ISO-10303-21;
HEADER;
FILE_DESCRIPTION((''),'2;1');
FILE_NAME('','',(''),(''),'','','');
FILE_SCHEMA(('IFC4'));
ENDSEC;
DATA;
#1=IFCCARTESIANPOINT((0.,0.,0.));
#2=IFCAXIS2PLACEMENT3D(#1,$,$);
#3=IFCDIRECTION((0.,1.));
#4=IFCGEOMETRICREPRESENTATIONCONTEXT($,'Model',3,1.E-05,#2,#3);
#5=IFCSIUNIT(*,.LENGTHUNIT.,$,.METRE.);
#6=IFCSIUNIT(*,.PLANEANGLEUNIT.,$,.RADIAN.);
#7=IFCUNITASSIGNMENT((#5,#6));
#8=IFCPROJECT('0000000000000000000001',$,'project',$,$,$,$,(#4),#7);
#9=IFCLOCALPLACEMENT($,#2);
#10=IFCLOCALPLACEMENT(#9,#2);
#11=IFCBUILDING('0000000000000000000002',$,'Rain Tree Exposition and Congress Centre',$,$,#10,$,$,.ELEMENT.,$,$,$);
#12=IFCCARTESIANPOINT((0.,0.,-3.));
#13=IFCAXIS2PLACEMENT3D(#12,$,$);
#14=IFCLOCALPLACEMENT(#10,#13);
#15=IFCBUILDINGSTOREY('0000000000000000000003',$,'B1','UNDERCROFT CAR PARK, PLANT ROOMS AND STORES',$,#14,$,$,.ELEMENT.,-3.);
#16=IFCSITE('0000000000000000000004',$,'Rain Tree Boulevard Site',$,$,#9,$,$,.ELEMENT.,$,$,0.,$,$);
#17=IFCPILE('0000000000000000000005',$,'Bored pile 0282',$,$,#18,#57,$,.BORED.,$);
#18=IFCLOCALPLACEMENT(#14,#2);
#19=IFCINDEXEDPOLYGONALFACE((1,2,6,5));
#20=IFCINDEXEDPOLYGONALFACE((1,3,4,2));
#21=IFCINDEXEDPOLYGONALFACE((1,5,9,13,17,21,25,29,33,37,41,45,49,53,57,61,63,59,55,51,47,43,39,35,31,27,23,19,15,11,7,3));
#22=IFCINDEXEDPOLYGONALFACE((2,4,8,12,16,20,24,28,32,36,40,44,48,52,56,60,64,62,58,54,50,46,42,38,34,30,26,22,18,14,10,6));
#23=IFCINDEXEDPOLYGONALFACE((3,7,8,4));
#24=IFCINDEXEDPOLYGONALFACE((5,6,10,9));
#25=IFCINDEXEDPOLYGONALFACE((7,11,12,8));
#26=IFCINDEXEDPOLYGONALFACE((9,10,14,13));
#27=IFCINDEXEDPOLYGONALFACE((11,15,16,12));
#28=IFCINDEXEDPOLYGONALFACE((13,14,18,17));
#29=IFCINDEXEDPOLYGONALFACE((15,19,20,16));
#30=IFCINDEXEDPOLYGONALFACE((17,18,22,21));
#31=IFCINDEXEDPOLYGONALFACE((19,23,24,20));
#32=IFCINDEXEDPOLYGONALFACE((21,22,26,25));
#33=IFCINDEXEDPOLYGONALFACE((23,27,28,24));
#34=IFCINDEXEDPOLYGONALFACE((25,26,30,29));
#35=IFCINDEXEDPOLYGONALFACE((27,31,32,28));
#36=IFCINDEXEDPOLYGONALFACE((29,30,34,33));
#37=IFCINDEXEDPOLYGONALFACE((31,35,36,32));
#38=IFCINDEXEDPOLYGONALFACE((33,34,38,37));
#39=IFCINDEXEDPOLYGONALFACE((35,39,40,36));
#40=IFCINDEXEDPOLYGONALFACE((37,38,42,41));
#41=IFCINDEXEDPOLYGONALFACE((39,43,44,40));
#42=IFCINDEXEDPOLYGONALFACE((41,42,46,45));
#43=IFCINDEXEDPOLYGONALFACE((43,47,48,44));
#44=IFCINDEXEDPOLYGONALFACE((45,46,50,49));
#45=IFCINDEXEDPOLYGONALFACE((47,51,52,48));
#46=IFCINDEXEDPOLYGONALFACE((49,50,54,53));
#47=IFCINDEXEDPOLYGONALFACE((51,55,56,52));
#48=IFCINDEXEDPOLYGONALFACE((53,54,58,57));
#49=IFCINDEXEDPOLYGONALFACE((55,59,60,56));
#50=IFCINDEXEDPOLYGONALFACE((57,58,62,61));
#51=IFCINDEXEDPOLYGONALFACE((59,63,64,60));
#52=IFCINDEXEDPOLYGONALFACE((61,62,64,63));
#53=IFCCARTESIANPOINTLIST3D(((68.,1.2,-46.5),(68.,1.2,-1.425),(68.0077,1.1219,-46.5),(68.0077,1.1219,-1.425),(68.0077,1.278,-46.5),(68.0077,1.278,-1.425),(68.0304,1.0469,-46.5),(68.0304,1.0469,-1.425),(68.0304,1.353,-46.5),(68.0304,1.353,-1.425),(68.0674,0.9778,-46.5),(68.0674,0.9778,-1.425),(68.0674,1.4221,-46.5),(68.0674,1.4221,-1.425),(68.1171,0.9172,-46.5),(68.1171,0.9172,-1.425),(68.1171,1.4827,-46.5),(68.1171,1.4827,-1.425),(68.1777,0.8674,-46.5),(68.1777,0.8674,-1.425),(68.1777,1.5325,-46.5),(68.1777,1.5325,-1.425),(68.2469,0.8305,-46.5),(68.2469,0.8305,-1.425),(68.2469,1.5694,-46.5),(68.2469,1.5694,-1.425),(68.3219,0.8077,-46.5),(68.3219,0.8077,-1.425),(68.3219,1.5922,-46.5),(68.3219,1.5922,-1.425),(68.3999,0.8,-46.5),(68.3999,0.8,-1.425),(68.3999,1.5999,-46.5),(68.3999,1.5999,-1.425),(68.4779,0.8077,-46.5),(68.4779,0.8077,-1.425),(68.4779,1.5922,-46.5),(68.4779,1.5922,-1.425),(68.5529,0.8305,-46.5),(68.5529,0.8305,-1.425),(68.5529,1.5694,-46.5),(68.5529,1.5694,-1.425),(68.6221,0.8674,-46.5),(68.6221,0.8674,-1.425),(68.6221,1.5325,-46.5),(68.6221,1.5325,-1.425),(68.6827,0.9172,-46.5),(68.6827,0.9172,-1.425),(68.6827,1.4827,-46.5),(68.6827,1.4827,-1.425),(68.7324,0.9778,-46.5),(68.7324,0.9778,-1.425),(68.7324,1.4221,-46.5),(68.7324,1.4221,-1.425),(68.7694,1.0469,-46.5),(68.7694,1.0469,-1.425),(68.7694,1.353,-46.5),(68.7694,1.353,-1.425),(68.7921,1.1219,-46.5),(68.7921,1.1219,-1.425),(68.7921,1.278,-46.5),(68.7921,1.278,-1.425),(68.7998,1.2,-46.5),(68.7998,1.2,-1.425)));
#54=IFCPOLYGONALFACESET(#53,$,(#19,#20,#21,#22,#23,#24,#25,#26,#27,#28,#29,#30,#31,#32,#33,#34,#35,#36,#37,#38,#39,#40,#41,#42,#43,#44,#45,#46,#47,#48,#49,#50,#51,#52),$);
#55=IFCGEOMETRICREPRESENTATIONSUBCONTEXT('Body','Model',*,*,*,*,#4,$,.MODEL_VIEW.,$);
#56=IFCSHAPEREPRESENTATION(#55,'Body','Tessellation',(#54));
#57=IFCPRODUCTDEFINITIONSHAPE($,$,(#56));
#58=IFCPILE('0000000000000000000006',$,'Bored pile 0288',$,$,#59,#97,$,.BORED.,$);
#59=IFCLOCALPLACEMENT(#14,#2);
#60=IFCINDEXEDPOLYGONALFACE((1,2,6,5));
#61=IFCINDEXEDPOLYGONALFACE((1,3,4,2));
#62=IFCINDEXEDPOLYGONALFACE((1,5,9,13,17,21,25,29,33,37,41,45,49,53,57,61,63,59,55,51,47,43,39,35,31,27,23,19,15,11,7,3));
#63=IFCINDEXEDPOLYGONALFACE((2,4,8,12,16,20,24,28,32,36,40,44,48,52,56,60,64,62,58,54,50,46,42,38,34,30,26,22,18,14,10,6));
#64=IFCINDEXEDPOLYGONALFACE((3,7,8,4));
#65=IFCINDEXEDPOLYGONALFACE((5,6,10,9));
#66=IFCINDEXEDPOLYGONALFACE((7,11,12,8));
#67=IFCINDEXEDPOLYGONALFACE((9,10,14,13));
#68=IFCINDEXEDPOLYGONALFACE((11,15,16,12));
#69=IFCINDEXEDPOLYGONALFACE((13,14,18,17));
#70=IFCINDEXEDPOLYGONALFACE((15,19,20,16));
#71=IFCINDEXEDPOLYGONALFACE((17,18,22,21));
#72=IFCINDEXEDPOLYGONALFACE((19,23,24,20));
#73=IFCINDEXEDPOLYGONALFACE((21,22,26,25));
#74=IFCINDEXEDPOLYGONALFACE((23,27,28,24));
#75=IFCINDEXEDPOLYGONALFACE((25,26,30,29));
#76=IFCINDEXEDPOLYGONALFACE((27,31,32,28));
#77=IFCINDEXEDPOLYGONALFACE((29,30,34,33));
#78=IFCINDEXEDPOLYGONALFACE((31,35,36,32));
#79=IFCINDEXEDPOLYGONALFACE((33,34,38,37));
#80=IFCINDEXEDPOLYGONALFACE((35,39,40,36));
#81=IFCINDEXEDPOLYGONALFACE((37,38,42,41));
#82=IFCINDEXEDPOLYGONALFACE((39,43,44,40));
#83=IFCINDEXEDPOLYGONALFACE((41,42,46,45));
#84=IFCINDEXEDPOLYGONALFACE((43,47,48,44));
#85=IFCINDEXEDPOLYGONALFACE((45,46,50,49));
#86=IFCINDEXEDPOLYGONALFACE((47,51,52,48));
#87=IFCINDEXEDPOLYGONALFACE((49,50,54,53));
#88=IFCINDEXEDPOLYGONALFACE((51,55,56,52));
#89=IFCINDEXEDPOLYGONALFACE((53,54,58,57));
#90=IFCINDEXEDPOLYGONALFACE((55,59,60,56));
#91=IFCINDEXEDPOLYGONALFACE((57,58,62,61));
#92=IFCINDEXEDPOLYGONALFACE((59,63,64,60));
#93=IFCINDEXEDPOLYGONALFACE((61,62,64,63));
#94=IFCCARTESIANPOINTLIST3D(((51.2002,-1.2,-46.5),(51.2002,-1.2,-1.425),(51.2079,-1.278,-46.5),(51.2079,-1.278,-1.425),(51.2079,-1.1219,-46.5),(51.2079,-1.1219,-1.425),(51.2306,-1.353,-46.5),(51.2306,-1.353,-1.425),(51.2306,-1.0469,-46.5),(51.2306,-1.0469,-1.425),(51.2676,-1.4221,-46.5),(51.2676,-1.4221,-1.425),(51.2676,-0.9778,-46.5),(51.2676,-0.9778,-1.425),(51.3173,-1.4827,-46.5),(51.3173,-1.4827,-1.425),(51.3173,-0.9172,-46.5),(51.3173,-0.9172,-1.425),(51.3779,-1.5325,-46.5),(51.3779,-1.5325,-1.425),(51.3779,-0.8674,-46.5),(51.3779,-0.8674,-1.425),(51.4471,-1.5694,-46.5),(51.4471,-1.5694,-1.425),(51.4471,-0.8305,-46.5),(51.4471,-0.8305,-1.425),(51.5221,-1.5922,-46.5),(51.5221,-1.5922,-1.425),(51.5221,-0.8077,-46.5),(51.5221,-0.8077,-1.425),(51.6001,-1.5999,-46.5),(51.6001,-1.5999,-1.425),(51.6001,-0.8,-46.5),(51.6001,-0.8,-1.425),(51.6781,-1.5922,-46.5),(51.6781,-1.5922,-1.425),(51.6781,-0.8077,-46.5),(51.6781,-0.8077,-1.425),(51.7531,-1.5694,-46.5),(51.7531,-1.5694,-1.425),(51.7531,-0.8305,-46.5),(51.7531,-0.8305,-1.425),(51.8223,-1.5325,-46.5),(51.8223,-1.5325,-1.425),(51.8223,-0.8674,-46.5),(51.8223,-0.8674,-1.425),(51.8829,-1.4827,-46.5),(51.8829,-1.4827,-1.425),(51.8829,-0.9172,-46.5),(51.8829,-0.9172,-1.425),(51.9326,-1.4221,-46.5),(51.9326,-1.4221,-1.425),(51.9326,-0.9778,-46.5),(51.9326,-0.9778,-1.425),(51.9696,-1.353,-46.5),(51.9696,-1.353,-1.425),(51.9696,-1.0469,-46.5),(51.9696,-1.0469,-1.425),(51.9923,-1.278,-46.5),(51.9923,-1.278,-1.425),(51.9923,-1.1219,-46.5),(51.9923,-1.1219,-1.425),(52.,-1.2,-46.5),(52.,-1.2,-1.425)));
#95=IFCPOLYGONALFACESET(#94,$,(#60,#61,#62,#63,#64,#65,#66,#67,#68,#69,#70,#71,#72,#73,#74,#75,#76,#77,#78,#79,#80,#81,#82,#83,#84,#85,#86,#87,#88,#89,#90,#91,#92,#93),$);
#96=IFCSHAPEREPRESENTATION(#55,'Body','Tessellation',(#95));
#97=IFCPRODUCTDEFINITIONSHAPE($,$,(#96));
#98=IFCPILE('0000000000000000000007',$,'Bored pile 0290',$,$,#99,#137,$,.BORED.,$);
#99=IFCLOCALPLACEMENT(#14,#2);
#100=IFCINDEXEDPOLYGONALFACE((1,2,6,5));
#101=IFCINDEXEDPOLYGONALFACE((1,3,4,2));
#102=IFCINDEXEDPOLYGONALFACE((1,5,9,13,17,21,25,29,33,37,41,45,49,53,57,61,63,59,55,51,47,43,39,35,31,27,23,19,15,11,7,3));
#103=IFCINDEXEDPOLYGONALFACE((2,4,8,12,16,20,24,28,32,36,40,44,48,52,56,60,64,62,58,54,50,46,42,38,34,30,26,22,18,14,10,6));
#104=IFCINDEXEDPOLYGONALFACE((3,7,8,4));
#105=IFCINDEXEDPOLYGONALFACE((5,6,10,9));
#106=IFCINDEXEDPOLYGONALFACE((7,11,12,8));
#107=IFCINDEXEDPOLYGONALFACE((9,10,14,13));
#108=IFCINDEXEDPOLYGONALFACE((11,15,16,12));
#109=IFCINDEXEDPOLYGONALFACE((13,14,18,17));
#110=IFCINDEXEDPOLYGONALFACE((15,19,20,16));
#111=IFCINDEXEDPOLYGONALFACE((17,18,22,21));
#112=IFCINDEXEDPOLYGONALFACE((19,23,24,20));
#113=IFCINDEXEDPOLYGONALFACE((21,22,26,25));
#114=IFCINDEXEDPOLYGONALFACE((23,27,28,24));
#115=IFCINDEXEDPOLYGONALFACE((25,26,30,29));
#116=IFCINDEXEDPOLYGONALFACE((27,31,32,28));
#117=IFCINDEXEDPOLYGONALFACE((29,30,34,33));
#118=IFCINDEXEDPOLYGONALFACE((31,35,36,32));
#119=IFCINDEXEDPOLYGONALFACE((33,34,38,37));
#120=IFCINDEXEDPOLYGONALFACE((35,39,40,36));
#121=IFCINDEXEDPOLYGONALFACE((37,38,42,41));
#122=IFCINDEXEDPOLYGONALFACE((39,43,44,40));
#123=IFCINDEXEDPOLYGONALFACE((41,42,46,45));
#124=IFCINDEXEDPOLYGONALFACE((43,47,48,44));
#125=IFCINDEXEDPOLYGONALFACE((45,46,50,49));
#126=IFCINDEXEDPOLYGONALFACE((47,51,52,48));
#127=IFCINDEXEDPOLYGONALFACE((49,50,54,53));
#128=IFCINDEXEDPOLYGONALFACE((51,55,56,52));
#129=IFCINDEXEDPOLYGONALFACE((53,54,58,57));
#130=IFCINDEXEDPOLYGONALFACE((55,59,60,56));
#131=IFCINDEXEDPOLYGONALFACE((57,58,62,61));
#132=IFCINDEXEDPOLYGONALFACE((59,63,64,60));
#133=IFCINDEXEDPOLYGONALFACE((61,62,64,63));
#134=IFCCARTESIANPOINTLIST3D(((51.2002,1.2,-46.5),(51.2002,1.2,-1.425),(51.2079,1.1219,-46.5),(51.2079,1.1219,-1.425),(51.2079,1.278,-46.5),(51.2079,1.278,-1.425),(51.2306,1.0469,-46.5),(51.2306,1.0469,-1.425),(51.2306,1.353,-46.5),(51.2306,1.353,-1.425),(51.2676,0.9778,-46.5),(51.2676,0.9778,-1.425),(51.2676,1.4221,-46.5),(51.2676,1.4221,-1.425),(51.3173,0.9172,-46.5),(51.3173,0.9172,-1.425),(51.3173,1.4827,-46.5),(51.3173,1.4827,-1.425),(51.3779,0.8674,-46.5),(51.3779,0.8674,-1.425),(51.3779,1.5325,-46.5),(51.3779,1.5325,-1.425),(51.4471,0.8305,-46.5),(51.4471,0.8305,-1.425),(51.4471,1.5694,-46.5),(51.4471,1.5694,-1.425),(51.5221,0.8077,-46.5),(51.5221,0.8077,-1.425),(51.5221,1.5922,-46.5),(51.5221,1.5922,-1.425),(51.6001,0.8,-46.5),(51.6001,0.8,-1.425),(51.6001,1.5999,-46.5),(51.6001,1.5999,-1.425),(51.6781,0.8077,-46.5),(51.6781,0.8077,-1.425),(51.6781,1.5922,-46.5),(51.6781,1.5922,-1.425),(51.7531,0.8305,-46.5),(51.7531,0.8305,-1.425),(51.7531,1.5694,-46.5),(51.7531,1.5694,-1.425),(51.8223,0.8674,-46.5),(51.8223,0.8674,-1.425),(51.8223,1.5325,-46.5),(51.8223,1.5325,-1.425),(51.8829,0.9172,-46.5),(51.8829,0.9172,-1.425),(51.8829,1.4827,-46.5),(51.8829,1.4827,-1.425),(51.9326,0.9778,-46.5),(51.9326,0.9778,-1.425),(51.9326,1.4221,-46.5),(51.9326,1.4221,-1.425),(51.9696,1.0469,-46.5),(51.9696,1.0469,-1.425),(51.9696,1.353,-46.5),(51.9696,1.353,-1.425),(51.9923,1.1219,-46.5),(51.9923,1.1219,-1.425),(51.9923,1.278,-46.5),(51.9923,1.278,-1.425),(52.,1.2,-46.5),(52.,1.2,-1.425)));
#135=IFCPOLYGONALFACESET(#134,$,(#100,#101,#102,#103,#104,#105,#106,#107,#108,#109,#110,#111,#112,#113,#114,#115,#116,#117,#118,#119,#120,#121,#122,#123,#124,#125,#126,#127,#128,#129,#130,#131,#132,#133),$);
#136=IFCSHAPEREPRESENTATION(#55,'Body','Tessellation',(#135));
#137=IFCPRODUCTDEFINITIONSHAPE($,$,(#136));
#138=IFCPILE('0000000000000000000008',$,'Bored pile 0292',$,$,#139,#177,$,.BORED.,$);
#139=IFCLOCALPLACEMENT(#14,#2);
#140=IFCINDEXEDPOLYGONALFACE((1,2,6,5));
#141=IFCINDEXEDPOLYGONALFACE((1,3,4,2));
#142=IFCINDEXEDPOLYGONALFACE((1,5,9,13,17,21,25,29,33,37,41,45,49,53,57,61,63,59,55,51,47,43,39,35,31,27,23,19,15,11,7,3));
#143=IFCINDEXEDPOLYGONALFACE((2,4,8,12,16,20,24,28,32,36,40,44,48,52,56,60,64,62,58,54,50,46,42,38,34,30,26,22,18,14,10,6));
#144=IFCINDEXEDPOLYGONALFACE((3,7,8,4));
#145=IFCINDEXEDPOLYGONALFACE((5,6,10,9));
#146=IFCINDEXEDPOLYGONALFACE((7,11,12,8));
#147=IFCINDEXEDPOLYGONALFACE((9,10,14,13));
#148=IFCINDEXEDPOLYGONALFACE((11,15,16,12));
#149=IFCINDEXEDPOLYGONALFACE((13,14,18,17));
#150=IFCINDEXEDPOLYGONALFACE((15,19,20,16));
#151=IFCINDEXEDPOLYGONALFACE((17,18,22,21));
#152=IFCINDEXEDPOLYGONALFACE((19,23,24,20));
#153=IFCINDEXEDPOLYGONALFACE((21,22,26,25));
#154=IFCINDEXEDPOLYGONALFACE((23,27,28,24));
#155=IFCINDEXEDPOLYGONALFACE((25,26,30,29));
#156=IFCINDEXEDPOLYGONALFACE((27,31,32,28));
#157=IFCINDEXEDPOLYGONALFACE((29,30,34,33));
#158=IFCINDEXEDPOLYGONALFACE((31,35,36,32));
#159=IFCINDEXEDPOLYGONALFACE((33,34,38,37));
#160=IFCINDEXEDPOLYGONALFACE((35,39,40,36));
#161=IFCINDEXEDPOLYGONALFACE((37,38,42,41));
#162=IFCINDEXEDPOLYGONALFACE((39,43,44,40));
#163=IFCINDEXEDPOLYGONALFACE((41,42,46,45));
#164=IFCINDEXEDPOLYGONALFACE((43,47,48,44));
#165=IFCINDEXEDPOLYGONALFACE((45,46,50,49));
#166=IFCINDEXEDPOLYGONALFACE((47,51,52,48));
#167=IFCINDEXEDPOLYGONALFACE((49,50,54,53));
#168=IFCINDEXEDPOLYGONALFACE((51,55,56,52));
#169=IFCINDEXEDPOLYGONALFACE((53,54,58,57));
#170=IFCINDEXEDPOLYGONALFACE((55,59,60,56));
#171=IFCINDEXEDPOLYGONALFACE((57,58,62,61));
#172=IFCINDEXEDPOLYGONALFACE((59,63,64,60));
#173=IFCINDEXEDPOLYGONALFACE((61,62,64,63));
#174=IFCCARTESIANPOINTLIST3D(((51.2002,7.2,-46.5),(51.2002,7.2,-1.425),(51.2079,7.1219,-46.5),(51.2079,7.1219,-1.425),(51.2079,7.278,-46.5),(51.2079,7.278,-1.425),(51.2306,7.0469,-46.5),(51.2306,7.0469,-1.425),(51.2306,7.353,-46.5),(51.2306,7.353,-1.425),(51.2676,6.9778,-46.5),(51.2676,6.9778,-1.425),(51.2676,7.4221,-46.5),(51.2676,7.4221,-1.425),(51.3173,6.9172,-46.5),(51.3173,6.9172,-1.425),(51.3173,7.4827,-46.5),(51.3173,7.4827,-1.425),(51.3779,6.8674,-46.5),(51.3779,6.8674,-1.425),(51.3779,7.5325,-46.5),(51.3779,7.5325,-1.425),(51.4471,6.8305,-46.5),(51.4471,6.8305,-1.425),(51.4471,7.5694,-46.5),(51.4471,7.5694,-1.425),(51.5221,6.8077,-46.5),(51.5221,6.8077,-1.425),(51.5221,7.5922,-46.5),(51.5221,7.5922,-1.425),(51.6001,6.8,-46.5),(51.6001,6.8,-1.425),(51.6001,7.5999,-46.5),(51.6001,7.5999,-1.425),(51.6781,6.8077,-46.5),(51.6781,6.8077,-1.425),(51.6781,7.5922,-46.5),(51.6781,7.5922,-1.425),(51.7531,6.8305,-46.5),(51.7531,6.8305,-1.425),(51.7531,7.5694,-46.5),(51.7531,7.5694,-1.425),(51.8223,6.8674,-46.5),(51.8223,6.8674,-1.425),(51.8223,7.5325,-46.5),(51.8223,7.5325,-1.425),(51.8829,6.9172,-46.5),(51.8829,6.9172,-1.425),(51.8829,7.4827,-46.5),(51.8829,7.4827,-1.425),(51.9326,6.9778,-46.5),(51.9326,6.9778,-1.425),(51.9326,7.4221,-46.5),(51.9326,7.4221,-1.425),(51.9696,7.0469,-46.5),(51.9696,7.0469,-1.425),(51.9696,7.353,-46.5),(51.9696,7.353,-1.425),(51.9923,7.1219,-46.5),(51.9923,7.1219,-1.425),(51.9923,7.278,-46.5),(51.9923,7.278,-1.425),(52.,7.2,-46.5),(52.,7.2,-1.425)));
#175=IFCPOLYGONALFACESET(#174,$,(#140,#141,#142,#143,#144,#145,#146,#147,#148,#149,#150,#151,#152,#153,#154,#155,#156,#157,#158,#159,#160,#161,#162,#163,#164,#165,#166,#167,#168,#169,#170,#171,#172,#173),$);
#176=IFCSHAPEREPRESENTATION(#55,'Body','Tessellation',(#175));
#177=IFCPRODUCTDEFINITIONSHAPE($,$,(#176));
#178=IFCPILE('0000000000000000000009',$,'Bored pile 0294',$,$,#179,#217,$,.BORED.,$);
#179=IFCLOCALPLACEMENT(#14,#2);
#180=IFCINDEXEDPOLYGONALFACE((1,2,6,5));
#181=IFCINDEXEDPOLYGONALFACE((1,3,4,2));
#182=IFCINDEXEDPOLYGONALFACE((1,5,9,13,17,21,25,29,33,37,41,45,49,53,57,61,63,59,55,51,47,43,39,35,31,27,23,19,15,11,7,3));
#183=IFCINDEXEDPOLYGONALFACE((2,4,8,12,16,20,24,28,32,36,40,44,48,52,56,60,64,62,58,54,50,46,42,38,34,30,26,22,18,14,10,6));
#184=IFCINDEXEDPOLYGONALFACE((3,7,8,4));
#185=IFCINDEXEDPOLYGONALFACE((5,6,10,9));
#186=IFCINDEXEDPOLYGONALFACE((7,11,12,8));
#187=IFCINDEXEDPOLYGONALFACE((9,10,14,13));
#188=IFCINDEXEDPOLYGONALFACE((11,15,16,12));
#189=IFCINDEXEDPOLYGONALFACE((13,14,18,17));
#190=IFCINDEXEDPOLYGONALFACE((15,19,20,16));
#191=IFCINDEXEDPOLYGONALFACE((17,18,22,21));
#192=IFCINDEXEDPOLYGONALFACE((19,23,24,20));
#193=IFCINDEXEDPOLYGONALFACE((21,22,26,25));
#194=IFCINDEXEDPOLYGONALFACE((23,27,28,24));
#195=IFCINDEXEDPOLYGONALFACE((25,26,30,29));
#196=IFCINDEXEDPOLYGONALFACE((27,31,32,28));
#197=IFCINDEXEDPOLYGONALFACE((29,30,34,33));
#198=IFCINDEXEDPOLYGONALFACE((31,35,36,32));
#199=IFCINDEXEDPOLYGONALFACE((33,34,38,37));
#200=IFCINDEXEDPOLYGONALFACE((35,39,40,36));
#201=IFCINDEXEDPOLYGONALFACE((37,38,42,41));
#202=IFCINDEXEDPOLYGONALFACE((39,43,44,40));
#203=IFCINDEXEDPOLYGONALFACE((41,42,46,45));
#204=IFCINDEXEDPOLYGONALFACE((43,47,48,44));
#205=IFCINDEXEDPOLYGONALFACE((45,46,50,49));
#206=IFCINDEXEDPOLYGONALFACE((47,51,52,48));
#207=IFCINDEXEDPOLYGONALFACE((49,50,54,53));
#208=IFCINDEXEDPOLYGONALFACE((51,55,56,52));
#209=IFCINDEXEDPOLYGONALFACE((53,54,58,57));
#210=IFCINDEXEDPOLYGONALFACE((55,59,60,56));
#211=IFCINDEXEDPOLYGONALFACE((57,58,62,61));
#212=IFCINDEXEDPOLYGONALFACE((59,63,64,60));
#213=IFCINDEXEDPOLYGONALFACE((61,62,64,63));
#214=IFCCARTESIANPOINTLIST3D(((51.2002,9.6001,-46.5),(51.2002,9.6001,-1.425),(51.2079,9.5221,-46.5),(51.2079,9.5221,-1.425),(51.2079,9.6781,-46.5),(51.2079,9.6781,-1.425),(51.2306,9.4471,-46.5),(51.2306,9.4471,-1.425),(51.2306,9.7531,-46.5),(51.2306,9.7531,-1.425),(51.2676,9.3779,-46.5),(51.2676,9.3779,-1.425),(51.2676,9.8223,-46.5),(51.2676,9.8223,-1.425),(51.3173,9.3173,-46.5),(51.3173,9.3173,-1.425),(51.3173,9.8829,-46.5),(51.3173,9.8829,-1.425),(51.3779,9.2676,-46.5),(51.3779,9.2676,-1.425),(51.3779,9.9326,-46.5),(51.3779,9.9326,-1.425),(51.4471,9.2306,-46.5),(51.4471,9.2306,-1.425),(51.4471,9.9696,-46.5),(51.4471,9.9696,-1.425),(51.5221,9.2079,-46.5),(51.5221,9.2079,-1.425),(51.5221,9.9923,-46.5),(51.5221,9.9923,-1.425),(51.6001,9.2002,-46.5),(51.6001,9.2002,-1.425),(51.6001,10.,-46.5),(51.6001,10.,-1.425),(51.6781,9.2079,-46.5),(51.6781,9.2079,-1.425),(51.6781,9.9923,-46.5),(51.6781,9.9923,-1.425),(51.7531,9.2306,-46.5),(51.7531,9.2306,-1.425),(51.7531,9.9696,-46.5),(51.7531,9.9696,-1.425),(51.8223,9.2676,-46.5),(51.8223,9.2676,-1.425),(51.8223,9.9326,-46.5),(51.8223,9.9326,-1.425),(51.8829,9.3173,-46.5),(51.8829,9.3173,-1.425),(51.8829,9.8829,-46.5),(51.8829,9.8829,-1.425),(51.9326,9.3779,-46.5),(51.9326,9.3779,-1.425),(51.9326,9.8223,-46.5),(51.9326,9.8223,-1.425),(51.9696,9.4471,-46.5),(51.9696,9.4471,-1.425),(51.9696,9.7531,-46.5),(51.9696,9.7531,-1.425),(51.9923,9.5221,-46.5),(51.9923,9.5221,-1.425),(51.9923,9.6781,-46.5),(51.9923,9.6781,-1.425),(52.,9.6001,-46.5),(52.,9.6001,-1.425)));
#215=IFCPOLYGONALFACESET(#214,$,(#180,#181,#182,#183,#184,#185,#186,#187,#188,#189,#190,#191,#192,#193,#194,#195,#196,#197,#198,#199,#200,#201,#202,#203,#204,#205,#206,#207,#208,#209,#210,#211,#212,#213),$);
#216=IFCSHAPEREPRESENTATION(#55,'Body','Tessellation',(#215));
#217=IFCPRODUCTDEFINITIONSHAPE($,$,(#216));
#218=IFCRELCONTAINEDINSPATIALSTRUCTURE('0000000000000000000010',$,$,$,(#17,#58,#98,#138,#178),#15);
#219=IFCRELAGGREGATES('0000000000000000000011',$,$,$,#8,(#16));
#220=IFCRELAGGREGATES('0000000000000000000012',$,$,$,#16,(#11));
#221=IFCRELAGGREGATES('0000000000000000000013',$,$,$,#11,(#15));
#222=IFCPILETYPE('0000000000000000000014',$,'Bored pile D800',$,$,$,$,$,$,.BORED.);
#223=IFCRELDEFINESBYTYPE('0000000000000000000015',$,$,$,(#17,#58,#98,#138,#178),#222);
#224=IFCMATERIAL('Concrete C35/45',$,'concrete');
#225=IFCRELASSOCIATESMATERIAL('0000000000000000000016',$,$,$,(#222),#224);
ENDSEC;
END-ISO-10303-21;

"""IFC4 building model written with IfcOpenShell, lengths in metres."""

from ifc_helpers import new_model, si_unit, direction, frame, origin, origin_2d, place, context, subcontext, project, spatial, circle, extrude, material, material_profile, profile_set, type_object, element, save


model = new_model("IFC4")

# Units and contexts
model_context = context("Model", 3, precision=1e-05, world=origin(), true_north=direction((0.0, 1.0)))
body_context = subcontext(model_context, "Body", "Model", "MODEL_VIEW")
ifc_project = project(units=[si_unit("LENGTHUNIT", "METRE"), si_unit("PLANEANGLEUNIT", "RADIAN")], contexts=[model_context])

# Site, building, storey
site_placement = place(None, origin())
site = spatial("IfcSite", under=ifc_project, at=site_placement, Name="Rain Tree Boulevard Site", CompositionType="ELEMENT", RefElevation=0.0)
building_placement = place(site_placement, origin())
building = spatial("IfcBuilding", under=site, at=building_placement, Name="Rain Tree Exposition and Congress Centre", CompositionType="ELEMENT")
storey_placement = place(building_placement, frame((0.0, 0.0, -3.0)))
storey = spatial("IfcBuildingStorey", under=building, at=storey_placement, Name="B1", Description="UNDERCROFT CAR PARK, PLANT ROOMS AND STORES", CompositionType="ELEMENT", Elevation=-3.0)

# Piles
ifc_material_1 = material(Name="Concrete C35/45", Category="concrete")
ifc_material_profile_1 = material_profile(ifc_material_1, circle(Radius=0.3999, at=origin_2d()), Name="D800")
ifc_profile_set_1 = profile_set([ifc_material_profile_1], Name="Concrete C35/45")
pile_type_1 = type_object("IfcPileType", Name="Bored pile D800", PredefinedType="BORED", material=ifc_profile_set_1)
for number, where, z_axis, x_axis, name in (
    (1, (68.3999, 1.2, -1.425), (0.0, 0.0, -1.0), (1.0, 0.0, 0.0), "Bored pile 0282"),
    (2, (51.6001, -1.2, -1.425), (0.0, 0.0, -1.0), (1.0, 0.0, 0.0), "Bored pile 0288"),
    (3, (51.6001, 1.2, -1.425), (0.0, 0.0, -1.0), (1.0, 0.0, 0.0), "Bored pile 0290"),
    (4, (51.6001, 7.2, -1.425), (0.0, 0.0, -1.0), (1.0, 0.0, 0.0), "Bored pile 0292"),
    (5, (51.6001, 9.6001, -1.425), (0.0, 0.0, -1.0), (1.0, 0.0, 0.0), "Bored pile 0294"),
):
    element("IfcPile", number, at=place(storey_placement, frame(where, z_axis=z_axis, x_axis=x_axis)), inside=storey, type_object=pile_type_1, Name=name, PredefinedType="BORED", context=body_context, shape_type="SweptSolid", body=[
        extrude(circle(Radius=0.3999, at=origin_2d()), origin(), (0.0, 0.0, 1.0), 45.075),
    ])

save(model, "model.ifc")
